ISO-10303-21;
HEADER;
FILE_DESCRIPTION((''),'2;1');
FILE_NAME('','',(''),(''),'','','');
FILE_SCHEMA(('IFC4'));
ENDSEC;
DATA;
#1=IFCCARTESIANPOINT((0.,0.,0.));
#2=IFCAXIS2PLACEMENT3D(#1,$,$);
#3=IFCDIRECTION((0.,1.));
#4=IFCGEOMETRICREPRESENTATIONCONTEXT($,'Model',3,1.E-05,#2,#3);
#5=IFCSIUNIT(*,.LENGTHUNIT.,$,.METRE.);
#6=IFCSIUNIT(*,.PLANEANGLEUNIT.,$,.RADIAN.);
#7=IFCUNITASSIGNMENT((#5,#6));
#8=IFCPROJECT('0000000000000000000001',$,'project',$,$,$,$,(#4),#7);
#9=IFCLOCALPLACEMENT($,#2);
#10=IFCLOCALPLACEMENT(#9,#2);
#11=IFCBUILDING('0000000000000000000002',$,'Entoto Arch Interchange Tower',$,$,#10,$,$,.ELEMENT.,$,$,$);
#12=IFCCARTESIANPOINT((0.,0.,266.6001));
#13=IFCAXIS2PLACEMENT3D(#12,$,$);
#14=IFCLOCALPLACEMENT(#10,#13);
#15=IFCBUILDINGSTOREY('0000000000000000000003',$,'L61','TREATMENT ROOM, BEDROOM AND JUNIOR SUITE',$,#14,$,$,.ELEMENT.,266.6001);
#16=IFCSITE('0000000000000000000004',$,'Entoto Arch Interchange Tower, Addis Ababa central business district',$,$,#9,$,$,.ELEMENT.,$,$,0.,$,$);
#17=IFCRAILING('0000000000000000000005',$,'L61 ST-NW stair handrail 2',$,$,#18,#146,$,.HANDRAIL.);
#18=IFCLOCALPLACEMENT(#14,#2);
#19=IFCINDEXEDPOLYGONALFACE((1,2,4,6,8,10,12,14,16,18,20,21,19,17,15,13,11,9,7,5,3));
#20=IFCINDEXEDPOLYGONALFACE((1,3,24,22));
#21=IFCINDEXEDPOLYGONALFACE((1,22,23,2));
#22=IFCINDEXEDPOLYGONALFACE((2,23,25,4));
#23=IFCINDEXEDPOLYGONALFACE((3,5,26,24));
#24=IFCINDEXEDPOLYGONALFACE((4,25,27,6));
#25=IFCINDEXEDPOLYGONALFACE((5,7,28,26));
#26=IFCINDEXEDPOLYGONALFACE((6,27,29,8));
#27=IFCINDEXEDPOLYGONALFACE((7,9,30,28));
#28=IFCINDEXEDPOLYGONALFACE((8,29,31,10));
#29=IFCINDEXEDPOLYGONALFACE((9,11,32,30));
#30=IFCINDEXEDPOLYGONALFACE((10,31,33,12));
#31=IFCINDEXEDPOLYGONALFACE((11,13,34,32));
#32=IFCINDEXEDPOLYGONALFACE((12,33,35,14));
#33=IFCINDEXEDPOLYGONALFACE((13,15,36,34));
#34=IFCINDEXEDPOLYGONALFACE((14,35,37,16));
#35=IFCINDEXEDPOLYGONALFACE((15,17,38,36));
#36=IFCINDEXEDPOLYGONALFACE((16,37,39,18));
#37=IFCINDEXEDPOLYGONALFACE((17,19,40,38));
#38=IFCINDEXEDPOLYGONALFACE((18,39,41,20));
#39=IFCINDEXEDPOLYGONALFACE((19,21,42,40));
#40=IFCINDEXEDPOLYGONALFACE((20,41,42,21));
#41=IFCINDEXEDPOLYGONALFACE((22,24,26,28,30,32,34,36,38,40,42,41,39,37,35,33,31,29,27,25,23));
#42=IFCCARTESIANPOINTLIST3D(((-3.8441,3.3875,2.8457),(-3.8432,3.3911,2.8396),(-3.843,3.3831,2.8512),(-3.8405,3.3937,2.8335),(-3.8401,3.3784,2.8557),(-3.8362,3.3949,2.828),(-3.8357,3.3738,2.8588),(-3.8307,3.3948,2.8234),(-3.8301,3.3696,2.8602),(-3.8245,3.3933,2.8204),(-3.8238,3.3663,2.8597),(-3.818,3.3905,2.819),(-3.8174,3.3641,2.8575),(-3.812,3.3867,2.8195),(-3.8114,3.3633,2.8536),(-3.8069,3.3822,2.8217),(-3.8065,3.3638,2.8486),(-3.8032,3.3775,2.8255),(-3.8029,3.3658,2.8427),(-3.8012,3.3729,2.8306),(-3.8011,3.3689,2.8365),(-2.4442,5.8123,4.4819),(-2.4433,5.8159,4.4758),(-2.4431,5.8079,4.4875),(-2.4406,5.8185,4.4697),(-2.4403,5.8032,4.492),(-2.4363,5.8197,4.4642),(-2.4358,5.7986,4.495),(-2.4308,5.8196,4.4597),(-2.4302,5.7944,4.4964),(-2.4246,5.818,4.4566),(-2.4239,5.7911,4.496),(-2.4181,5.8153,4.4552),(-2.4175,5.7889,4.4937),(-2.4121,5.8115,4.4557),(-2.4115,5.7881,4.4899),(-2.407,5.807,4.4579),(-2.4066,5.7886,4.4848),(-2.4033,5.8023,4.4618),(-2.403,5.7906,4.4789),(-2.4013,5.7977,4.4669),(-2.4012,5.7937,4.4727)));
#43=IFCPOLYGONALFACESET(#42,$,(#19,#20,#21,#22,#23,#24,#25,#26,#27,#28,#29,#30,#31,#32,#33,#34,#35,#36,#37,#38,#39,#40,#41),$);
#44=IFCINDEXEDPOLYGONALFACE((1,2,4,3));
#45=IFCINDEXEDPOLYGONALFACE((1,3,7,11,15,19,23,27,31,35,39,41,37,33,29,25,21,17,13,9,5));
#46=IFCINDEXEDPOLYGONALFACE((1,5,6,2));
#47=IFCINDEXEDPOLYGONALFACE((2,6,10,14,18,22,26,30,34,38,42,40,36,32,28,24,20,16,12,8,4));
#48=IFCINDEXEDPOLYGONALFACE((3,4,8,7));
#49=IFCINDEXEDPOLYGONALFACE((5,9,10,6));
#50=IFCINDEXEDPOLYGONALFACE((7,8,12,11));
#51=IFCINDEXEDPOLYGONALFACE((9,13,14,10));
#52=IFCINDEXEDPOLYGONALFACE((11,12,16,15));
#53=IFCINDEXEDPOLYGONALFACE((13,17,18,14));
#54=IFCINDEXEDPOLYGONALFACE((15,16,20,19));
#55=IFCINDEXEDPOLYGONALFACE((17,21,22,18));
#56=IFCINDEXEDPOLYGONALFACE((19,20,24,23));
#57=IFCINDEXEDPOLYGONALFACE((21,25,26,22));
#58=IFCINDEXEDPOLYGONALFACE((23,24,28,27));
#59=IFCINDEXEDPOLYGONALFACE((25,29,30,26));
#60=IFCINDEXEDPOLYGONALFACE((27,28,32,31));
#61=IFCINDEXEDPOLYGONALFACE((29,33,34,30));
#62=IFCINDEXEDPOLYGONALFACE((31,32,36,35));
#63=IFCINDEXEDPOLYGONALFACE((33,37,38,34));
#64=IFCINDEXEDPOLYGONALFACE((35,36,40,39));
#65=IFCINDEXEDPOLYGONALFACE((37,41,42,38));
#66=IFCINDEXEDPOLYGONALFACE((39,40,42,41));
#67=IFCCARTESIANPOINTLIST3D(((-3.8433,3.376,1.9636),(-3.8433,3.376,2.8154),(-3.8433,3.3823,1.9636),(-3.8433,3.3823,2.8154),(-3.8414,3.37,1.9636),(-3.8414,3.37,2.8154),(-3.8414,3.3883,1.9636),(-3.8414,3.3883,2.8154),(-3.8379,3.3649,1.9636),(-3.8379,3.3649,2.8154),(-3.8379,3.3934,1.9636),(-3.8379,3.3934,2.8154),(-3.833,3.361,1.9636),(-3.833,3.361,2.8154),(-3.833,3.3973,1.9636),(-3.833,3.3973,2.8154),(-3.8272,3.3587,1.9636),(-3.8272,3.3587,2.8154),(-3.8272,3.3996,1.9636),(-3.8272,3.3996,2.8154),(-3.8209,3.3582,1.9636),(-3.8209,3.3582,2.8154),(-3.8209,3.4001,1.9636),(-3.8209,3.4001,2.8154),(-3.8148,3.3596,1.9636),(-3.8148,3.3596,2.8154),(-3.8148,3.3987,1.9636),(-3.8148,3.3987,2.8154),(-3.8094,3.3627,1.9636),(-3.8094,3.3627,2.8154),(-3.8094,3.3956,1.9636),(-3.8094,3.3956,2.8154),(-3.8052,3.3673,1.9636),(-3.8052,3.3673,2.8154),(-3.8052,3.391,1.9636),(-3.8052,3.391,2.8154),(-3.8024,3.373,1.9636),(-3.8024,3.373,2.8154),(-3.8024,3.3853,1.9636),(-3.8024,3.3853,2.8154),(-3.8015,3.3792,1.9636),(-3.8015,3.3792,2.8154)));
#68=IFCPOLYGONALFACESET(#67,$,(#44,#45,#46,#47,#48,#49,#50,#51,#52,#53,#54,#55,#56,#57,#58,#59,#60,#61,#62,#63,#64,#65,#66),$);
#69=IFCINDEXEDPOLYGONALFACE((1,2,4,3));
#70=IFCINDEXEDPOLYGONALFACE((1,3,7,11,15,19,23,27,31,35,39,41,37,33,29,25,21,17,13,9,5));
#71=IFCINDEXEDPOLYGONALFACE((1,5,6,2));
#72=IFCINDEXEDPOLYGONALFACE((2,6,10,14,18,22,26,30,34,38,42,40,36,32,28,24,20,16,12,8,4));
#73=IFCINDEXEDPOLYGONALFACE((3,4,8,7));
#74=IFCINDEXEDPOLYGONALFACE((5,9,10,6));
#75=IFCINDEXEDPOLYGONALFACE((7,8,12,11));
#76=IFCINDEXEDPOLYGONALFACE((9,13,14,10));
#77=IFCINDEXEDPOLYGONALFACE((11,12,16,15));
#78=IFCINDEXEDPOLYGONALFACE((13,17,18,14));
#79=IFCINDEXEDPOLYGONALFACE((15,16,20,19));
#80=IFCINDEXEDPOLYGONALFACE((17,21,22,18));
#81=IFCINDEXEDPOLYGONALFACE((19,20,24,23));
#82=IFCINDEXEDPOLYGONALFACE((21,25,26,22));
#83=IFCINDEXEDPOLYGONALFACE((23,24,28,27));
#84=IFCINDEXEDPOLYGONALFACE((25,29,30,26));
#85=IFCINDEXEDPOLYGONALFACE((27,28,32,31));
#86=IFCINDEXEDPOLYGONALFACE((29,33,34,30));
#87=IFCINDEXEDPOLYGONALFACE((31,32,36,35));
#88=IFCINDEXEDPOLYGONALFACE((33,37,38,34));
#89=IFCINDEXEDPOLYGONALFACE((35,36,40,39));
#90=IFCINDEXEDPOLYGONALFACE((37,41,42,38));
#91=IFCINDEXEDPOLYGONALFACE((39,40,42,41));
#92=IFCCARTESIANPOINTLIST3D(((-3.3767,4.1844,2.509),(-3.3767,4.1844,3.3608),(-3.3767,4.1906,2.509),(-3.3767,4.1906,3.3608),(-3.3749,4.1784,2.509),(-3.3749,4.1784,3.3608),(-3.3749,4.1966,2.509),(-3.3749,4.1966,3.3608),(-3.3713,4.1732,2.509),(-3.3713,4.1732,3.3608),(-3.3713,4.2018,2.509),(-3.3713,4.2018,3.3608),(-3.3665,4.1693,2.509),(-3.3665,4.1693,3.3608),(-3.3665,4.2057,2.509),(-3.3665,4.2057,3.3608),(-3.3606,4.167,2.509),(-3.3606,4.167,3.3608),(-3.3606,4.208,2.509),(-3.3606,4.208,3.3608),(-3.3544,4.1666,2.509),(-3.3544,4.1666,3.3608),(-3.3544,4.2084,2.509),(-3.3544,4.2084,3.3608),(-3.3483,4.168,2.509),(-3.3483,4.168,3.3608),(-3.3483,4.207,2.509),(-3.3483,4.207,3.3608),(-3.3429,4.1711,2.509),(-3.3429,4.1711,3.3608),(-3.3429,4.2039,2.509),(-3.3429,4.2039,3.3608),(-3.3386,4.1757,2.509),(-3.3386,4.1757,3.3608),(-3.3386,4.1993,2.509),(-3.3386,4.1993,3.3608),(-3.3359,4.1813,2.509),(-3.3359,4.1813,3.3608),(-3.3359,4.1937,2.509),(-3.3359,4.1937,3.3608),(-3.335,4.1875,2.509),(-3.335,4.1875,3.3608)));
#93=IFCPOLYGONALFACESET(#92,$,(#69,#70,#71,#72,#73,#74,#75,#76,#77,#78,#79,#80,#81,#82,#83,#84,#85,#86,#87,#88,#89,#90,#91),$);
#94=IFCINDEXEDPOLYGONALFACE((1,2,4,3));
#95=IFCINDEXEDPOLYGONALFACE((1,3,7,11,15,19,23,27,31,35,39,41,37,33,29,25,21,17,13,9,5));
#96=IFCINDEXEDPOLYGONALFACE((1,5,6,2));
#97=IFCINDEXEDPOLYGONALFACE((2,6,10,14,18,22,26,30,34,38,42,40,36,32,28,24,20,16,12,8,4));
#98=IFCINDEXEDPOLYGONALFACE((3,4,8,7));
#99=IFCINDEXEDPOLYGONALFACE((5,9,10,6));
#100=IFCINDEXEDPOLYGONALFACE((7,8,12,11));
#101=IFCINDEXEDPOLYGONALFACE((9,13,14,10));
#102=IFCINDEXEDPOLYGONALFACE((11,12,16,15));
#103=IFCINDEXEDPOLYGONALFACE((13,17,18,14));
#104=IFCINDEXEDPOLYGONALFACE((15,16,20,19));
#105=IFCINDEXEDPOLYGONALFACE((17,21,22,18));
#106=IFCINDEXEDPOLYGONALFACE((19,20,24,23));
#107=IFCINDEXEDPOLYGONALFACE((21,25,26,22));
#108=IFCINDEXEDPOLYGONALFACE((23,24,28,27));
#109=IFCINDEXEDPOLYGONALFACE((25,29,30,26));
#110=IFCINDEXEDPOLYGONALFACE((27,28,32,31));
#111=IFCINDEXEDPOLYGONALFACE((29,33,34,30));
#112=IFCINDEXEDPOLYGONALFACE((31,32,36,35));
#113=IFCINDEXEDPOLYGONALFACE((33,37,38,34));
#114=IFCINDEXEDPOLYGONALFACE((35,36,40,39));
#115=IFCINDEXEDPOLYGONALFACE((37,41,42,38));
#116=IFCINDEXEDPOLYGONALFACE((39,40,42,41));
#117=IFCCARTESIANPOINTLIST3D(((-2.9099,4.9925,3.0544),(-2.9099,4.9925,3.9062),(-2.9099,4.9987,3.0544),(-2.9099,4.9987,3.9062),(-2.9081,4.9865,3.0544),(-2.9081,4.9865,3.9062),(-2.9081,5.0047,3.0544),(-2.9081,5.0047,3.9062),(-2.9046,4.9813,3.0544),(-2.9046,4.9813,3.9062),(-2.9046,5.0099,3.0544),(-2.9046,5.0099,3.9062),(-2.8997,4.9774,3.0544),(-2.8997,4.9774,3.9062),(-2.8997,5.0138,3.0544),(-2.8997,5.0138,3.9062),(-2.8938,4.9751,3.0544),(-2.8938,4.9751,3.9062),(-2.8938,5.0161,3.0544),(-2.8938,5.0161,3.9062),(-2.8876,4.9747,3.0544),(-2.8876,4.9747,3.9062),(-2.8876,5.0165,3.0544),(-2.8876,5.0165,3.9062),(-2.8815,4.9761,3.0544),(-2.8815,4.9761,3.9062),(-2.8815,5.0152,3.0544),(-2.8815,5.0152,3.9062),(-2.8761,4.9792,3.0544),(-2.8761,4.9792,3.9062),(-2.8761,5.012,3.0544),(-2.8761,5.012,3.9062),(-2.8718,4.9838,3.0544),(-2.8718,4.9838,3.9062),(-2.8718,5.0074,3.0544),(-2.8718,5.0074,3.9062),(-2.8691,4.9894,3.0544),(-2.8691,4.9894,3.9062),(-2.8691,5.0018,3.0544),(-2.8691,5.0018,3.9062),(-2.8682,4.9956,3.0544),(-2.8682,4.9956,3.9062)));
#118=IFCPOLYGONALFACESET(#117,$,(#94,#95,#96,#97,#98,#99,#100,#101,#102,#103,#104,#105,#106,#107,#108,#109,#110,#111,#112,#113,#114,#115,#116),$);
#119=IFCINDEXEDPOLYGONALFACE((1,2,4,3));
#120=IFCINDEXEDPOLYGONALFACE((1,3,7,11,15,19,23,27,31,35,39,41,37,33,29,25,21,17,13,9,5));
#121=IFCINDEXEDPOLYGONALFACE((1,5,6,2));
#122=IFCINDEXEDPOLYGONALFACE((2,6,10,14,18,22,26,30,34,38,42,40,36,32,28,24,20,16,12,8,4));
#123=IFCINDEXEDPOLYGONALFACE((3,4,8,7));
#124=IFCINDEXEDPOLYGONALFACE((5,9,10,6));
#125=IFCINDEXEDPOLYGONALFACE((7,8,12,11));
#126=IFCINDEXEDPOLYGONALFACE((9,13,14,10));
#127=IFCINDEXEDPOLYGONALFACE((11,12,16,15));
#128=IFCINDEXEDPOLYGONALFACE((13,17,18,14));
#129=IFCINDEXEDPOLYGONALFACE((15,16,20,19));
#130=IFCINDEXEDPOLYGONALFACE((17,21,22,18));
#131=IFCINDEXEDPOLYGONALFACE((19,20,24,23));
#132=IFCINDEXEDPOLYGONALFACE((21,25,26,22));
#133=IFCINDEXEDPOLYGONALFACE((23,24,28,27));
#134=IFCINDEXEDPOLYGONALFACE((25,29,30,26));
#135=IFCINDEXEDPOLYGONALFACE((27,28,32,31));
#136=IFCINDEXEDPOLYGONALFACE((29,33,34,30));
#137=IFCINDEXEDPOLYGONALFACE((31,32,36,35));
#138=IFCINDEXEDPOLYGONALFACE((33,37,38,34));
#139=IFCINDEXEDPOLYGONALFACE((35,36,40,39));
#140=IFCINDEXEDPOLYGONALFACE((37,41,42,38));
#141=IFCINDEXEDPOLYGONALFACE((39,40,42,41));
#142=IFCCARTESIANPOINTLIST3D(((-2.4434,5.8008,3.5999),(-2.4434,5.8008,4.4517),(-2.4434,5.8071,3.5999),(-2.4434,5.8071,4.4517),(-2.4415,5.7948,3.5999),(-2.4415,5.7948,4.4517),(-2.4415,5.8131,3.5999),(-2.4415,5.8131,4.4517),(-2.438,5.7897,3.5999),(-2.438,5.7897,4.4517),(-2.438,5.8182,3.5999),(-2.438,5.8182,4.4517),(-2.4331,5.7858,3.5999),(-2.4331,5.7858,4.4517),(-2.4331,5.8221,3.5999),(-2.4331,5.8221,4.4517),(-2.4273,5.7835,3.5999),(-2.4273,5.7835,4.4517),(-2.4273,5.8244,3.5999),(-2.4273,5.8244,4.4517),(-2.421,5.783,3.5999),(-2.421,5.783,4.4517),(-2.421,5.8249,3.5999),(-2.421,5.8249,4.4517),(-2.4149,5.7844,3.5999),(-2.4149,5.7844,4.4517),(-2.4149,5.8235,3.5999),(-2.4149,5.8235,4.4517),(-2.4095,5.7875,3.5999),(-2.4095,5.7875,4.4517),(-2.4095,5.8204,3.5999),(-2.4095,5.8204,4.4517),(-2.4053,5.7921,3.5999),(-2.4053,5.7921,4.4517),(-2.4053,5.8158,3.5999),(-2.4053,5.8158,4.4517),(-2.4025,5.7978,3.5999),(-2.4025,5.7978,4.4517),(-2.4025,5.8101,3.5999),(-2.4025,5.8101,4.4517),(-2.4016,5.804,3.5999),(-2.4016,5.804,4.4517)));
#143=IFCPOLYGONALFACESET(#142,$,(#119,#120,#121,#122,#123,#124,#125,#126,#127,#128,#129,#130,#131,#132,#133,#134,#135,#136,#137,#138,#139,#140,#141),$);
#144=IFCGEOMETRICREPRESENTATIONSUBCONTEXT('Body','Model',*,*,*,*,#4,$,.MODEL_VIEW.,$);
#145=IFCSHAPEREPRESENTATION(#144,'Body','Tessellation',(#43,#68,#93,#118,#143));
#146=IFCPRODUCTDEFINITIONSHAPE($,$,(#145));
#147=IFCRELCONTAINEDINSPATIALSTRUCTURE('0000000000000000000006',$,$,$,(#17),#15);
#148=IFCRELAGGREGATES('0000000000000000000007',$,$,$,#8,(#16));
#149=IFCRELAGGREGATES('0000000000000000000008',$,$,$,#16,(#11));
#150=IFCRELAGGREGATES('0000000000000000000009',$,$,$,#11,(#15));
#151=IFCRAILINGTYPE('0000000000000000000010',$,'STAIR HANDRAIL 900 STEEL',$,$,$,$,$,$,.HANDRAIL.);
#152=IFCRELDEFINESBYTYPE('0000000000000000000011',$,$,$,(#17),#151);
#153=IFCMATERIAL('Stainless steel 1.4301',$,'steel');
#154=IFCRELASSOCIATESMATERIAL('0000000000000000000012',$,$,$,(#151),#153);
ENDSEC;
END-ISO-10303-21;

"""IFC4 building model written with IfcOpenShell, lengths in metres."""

from ifc_helpers import new_model, si_unit, direction, frame, origin, origin_2d, place, context, subcontext, project, spatial, circle, extrude, material, type_object, element, save


model = new_model("IFC4")

# Units and contexts
model_context = context("Model", 3, precision=1e-05, world=origin(), true_north=direction((0.0, 1.0)))
body_context = subcontext(model_context, "Body", "Model", "MODEL_VIEW")
ifc_project = project(units=[si_unit("LENGTHUNIT", "METRE"), si_unit("PLANEANGLEUNIT", "RADIAN")], contexts=[model_context])

# Site, building, storey
site_placement = place(None, origin())
site = spatial("IfcSite", under=ifc_project, at=site_placement, Name="Entoto Arch Interchange Tower, Addis Ababa central business district", CompositionType="ELEMENT", RefElevation=0.0)
building_placement = place(site_placement, origin())
building = spatial("IfcBuilding", under=site, at=building_placement, Name="Entoto Arch Interchange Tower", CompositionType="ELEMENT")
storey_placement = place(building_placement, frame((0.0, 0.0, 266.6001)))
storey = spatial("IfcBuildingStorey", under=building, at=storey_placement, Name="L61", Description="TREATMENT ROOM, BEDROOM AND JUNIOR SUITE", CompositionType="ELEMENT", Elevation=266.6001)

# Railing
ifc_material_1 = material(Name="Stainless steel 1.4301", Category="steel")
railing_type_1 = type_object("IfcRailingType", Name="STAIR HANDRAIL 900 STEEL", PredefinedType="HANDRAIL", material=ifc_material_1)
railing_1_placement = place(storey_placement, frame((-3.8225, 3.3792, 1.9636)))
element("IfcRailing", 1, at=railing_1_placement, inside=storey, type_object=railing_type_1, Name="L61 ST-NW stair handrail 2", PredefinedType="HANDRAIL", context=body_context, shape_type="SweptSolid", body=[
    extrude(circle(Radius=0.0239, at=origin_2d()), frame((0.0, 0.0, 0.876), z_axis=(0.431677, 0.747718, 0.504552), x_axis=(-0.866035, 0.499984, 0.0)), (0.0, 0.0, 1.0), 3.2429),
    extrude(circle(Radius=0.021, at=origin_2d()), origin(), (0.0, 0.0, 1.0), 0.8518),
    extrude(circle(Radius=0.021, at=origin_2d()), frame((0.4666, 0.8083, 0.5454)), (0.0, 0.0, 1.0), 0.8518),
    extrude(circle(Radius=0.021, at=origin_2d()), frame((0.9333, 1.6165, 1.0908)), (0.0, 0.0, 1.0), 0.8518),
    extrude(circle(Radius=0.021, at=origin_2d()), frame((1.3999, 2.4248, 1.6362)), (0.0, 0.0, 1.0), 0.8518),
])

save(model, "model.ifc")
